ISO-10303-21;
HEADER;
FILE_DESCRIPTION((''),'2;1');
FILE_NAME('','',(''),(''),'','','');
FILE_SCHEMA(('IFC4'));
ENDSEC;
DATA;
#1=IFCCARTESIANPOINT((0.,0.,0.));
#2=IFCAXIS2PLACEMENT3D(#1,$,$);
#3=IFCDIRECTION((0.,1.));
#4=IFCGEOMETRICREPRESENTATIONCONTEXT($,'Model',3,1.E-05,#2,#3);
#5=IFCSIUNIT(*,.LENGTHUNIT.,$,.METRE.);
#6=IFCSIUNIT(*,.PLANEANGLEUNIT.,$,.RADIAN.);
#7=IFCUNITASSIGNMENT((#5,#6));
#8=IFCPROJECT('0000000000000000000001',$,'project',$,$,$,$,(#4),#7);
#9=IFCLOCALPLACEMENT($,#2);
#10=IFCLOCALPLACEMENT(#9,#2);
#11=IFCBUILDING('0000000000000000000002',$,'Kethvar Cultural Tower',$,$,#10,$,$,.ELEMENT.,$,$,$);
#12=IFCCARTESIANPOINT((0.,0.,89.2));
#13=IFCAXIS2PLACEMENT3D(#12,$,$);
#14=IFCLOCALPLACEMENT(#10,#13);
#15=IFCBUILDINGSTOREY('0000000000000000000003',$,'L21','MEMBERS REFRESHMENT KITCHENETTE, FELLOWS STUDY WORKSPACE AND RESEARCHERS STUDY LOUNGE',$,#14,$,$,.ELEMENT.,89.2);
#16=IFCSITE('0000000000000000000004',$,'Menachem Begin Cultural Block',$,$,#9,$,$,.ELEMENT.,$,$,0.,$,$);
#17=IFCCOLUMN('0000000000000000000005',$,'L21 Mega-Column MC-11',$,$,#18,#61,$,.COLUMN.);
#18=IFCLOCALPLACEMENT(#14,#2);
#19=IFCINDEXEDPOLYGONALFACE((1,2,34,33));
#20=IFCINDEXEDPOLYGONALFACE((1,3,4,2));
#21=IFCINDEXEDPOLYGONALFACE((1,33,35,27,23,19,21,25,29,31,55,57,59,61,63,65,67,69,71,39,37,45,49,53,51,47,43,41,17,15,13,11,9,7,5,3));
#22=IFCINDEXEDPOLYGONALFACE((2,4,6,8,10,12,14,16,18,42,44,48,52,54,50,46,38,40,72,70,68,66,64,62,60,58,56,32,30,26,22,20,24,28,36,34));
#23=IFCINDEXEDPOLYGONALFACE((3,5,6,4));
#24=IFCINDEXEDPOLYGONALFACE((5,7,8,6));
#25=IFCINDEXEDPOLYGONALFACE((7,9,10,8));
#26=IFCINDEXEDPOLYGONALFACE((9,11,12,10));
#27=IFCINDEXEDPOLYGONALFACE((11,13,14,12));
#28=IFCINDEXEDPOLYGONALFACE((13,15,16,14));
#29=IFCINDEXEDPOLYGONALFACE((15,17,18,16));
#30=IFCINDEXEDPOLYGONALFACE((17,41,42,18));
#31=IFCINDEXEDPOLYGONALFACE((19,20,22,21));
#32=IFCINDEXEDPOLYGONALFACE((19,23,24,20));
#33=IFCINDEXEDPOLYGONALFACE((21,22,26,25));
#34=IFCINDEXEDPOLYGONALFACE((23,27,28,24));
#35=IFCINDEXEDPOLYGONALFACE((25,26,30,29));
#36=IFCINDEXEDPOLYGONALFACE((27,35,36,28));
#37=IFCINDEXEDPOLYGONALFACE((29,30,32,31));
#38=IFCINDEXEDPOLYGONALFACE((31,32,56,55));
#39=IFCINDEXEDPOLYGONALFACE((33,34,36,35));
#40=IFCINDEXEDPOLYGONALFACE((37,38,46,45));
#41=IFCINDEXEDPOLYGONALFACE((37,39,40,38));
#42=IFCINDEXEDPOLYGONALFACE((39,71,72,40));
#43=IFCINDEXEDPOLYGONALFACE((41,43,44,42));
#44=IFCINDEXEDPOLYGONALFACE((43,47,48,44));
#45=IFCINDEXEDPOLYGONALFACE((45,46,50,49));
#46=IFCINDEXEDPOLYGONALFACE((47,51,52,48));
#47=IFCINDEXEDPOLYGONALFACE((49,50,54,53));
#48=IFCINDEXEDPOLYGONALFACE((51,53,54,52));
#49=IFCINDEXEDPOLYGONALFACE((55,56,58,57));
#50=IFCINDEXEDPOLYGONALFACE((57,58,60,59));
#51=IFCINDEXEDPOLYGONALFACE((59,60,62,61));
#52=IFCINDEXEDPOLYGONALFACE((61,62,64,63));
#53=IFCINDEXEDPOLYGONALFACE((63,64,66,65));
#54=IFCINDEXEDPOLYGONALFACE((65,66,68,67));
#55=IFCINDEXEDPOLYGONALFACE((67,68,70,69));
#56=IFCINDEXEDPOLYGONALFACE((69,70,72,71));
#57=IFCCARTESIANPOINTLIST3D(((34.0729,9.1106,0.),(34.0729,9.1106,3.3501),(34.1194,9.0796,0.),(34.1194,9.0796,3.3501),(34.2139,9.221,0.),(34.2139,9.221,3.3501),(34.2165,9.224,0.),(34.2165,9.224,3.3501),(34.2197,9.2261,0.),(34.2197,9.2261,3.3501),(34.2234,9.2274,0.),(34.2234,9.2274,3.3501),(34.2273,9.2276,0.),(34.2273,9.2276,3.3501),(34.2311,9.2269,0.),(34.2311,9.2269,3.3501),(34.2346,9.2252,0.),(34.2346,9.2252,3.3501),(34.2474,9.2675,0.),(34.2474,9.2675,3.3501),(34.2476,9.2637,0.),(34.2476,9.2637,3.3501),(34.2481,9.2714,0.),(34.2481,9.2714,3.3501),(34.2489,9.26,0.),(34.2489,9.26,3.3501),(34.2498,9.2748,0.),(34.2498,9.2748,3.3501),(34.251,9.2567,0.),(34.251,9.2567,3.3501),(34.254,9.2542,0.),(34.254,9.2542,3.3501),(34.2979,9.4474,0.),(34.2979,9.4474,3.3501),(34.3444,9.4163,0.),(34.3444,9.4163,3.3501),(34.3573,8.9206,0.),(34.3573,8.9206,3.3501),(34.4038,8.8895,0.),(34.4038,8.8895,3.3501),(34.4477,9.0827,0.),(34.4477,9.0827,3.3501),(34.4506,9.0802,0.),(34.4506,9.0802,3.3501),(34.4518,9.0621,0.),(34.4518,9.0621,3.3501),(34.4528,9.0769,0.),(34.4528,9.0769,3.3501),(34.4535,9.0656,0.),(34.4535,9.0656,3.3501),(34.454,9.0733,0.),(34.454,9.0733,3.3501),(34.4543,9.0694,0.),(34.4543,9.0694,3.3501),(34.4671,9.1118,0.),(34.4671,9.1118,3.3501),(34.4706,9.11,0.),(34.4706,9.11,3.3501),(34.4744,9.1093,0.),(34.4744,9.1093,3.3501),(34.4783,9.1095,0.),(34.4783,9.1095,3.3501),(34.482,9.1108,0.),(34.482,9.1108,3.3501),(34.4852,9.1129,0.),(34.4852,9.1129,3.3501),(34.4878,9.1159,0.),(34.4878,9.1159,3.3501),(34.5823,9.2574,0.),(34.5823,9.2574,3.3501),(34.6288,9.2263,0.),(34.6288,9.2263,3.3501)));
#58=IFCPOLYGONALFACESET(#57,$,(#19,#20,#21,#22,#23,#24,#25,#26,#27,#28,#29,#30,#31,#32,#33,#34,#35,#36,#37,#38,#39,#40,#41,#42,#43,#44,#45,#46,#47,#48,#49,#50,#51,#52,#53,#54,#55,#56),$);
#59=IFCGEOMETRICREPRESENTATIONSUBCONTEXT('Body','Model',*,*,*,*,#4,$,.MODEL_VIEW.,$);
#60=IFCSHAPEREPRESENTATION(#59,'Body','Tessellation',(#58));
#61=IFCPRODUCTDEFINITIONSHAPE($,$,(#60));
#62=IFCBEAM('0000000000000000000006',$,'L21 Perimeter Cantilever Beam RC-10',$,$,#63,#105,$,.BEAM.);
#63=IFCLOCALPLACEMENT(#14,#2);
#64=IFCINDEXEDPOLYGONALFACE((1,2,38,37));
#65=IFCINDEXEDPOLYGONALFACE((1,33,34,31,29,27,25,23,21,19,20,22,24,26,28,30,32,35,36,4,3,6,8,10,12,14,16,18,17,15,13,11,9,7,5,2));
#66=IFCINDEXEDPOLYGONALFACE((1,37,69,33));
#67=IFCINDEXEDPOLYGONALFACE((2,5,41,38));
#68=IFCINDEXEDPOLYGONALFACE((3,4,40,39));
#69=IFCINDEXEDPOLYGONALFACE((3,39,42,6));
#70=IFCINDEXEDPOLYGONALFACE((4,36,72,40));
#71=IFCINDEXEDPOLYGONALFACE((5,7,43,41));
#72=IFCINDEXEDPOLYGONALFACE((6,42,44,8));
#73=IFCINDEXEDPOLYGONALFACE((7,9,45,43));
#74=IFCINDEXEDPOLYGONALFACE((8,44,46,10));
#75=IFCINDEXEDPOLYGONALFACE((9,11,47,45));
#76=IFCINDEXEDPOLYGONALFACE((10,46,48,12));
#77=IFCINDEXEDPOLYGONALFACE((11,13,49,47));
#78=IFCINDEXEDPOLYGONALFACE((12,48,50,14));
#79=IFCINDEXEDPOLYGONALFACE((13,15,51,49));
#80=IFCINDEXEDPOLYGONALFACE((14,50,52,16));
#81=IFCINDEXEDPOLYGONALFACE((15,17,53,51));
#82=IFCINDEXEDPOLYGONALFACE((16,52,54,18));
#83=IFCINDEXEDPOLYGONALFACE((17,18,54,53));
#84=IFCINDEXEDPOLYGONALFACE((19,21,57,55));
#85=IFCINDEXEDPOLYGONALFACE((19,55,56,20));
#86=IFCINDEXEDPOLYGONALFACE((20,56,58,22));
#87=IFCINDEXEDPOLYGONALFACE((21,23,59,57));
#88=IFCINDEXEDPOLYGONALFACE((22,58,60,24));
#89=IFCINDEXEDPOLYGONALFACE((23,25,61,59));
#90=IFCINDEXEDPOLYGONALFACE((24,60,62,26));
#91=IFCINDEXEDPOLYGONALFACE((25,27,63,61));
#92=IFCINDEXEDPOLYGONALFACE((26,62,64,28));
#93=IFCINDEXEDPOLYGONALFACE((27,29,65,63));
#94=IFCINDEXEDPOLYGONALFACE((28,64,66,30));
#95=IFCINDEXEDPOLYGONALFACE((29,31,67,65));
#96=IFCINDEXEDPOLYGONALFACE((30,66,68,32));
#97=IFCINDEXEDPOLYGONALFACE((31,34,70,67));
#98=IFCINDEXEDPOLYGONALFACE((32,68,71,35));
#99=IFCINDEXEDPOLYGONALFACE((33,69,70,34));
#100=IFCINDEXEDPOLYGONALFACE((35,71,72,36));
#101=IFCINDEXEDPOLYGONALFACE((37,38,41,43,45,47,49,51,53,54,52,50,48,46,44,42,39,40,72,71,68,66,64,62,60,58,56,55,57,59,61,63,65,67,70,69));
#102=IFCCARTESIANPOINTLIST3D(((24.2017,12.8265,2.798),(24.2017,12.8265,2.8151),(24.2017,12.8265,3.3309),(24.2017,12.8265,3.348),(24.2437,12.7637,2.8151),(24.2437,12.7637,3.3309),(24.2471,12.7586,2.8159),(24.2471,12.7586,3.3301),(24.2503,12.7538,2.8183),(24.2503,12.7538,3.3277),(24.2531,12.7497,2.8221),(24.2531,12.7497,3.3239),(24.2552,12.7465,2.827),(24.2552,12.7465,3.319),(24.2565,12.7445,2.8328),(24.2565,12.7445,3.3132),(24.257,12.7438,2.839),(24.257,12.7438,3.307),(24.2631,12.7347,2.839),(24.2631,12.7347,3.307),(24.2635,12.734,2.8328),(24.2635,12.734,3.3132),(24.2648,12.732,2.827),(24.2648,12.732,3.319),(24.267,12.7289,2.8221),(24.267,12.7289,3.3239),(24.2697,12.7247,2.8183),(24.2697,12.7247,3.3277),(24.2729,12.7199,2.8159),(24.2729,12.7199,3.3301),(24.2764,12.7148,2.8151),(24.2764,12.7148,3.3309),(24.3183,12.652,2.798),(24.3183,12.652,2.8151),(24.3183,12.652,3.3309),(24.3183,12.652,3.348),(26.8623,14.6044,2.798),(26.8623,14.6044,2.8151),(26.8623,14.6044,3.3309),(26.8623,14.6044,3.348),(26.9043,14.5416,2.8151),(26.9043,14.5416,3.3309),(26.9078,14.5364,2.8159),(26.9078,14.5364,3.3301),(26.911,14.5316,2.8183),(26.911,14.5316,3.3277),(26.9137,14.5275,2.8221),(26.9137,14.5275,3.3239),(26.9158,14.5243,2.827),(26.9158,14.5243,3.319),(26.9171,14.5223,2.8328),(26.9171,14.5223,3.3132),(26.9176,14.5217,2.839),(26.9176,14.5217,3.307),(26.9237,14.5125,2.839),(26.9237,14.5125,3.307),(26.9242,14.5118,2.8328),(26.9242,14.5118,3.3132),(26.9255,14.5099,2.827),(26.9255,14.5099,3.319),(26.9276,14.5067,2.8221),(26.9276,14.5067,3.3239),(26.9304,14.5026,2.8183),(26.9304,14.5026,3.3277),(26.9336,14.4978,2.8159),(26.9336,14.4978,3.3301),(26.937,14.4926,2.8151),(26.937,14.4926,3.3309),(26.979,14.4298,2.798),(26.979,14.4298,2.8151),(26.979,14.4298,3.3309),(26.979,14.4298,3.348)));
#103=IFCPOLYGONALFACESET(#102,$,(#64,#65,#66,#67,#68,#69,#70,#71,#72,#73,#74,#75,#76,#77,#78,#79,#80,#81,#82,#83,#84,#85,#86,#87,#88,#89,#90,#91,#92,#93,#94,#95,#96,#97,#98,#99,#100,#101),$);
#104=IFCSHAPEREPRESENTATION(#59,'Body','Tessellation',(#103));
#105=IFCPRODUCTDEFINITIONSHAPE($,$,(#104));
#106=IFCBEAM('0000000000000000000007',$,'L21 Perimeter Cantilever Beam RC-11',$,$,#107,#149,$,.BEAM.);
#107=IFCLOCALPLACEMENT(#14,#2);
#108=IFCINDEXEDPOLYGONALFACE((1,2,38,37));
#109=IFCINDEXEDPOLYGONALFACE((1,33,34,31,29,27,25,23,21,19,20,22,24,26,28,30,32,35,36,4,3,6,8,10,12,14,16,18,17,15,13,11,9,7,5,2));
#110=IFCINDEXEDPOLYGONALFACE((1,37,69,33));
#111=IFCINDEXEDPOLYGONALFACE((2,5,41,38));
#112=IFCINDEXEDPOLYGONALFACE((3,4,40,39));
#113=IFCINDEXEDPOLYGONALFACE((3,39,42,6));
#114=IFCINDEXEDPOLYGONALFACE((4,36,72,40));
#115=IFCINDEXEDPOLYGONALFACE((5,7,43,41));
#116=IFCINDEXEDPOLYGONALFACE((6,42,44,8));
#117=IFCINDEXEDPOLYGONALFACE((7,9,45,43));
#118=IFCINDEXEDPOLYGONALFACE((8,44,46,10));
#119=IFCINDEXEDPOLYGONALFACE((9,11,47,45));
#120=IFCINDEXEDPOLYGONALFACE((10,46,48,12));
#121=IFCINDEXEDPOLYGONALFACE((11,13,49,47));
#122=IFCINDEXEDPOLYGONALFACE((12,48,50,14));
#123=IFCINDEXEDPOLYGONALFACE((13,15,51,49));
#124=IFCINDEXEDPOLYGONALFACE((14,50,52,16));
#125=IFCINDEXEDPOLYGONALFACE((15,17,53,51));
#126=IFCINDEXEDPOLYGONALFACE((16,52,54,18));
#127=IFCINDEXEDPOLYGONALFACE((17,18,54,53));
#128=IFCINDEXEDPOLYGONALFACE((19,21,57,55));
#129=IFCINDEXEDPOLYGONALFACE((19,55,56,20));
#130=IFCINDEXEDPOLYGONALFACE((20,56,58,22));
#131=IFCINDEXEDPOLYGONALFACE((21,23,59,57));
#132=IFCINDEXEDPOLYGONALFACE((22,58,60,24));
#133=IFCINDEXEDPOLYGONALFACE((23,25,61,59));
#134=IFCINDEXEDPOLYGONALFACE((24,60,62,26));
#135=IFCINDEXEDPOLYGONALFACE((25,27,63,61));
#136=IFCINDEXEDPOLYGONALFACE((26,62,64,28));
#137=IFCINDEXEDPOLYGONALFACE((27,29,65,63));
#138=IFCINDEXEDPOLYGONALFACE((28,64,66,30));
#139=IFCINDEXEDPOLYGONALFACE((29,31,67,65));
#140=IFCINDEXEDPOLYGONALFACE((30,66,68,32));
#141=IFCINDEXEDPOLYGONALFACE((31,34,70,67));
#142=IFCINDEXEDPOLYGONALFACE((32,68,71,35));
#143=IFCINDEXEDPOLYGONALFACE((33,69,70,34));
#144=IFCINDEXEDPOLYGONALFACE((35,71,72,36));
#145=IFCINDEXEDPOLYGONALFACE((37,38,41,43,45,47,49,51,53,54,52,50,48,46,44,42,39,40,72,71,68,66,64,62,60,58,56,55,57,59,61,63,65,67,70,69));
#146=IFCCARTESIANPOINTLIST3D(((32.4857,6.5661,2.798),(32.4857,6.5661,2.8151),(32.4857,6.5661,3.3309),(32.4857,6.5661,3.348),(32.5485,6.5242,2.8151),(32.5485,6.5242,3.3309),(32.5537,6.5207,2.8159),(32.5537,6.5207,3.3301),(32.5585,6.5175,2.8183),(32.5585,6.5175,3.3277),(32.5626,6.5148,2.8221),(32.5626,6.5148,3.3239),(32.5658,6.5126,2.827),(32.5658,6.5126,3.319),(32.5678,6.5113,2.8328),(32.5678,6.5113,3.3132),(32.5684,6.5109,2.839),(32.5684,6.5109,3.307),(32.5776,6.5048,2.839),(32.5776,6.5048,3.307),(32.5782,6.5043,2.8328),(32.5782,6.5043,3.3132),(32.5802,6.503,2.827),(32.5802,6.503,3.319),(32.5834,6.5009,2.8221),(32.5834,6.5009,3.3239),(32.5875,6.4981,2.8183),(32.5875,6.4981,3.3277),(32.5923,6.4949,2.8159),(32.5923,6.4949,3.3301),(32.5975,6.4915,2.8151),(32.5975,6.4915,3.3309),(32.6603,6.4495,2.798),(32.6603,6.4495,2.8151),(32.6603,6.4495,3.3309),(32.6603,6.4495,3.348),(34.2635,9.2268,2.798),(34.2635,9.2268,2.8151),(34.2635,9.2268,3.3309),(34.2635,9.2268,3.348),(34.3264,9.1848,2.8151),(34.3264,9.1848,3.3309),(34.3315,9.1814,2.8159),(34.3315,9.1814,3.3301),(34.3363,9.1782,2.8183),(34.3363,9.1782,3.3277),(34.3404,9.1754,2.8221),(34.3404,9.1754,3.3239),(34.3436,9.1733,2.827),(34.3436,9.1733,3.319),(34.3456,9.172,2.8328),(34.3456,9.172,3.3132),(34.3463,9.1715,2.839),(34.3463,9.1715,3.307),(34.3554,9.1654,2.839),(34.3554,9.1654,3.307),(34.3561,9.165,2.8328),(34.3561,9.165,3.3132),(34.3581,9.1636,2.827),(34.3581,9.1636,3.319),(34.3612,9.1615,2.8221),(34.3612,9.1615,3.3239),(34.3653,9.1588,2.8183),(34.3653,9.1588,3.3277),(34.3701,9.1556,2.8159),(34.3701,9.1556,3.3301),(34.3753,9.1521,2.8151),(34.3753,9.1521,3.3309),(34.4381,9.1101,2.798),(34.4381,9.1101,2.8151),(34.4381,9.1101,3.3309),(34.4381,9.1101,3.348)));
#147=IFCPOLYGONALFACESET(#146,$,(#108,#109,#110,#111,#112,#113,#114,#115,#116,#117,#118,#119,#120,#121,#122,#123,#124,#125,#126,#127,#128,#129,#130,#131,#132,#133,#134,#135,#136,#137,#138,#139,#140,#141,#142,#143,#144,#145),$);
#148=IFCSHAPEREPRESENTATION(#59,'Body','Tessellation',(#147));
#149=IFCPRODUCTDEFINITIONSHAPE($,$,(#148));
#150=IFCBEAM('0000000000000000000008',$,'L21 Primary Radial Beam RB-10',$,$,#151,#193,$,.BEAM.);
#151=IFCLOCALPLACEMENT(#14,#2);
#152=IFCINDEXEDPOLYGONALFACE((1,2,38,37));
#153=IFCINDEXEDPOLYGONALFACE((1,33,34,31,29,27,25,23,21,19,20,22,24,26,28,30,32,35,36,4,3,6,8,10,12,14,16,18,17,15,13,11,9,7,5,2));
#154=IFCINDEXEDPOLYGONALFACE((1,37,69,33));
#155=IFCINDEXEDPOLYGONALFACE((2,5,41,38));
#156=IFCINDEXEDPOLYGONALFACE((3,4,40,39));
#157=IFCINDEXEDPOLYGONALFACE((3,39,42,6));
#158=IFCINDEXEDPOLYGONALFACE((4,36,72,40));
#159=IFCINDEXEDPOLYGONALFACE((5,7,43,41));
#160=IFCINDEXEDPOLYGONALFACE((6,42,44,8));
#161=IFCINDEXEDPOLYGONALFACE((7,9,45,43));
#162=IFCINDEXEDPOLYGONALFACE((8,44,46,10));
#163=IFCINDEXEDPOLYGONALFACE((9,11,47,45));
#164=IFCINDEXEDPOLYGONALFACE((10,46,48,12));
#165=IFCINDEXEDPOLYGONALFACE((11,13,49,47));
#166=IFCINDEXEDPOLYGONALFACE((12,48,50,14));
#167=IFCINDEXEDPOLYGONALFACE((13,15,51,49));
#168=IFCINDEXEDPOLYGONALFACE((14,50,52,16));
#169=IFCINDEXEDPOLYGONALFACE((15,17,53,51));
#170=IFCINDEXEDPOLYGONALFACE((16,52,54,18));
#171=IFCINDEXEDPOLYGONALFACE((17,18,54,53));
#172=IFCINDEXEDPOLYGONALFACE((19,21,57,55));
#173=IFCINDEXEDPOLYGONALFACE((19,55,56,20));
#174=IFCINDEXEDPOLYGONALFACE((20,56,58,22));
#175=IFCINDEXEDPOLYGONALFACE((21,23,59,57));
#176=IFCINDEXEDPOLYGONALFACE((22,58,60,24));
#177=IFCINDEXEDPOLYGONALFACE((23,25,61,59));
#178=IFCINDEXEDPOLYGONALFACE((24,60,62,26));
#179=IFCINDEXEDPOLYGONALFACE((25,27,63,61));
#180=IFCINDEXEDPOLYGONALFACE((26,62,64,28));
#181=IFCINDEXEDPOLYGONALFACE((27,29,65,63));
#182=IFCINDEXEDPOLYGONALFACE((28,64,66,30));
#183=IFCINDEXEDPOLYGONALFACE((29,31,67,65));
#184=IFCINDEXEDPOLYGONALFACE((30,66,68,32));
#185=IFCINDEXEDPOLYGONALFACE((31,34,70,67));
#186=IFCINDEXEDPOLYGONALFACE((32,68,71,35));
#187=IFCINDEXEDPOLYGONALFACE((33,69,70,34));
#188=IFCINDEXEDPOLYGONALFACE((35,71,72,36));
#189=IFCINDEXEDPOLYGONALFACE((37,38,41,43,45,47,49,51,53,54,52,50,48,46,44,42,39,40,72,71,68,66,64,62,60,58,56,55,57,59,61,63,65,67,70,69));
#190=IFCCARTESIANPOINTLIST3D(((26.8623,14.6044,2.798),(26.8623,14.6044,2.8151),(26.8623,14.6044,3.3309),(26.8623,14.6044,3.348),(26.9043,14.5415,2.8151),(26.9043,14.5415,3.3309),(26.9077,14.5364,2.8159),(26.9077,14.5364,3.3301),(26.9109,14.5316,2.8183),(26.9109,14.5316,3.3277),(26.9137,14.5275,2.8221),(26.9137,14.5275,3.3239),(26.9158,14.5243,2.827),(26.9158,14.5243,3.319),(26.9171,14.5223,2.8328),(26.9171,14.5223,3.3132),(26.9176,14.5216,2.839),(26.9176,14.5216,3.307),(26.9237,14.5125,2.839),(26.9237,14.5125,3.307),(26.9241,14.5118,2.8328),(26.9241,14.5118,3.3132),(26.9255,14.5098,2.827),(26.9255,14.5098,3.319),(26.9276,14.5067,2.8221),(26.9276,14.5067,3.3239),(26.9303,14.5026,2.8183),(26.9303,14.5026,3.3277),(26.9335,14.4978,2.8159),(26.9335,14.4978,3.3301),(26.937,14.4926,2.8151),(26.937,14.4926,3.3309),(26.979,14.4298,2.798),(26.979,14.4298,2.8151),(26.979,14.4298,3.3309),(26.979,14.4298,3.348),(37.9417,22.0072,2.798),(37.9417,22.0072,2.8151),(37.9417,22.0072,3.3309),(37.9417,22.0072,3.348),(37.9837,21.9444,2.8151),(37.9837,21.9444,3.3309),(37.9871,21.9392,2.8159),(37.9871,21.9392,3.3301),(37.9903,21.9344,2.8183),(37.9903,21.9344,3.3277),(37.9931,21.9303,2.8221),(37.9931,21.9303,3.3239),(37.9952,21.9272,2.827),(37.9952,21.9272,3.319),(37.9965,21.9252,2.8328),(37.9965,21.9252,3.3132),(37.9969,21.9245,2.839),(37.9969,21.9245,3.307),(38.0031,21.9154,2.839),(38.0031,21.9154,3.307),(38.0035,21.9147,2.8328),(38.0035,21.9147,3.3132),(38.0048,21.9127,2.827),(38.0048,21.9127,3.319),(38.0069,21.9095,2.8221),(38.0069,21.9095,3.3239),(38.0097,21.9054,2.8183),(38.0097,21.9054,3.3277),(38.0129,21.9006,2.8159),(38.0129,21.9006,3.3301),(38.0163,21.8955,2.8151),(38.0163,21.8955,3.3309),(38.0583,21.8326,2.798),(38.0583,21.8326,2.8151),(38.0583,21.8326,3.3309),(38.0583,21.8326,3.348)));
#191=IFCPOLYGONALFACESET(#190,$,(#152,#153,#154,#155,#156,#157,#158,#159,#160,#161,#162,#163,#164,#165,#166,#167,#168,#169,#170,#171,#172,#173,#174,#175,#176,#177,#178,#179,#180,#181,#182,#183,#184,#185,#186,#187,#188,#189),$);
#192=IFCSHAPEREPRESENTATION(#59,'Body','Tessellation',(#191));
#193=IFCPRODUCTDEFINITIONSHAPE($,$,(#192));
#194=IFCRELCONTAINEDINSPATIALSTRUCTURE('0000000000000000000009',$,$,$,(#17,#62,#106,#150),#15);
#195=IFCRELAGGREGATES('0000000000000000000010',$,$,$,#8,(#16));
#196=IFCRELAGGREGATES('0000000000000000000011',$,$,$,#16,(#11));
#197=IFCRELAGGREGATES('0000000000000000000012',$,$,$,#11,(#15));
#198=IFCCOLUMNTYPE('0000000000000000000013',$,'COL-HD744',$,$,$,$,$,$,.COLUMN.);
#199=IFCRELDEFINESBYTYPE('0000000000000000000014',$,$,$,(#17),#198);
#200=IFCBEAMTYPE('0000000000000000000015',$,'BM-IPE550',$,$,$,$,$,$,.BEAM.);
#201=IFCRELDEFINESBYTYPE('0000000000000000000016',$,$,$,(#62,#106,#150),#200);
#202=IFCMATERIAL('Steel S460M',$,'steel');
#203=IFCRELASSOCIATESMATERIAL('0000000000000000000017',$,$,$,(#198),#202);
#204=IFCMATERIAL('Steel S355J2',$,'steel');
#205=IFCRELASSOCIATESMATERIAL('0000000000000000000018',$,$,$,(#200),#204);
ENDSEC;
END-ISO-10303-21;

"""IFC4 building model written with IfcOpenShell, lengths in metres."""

from ifc_helpers import new_model, si_unit, direction, frame, origin, origin_2d, place, context, subcontext, project, spatial, i_section, extrude, source, transform, mapped, material, material_profile, profile_set, type_object, element, save


model = new_model("IFC4")

# Units and contexts
model_context = context("Model", 3, precision=1e-05, world=origin(), true_north=direction((0.0, 1.0)))
body_context = subcontext(model_context, "Body", "Model", "MODEL_VIEW")
ifc_project = project(units=[si_unit("LENGTHUNIT", "METRE"), si_unit("PLANEANGLEUNIT", "RADIAN")], contexts=[model_context])

# Site, building, storey
site_placement = place(None, origin())
site = spatial("IfcSite", under=ifc_project, at=site_placement, Name="Menachem Begin Cultural Block", CompositionType="ELEMENT", RefElevation=0.0)
building_placement = place(site_placement, origin())
building = spatial("IfcBuilding", under=site, at=building_placement, Name="Kethvar Cultural Tower", CompositionType="ELEMENT")
storey_placement = place(building_placement, frame((0.0, 0.0, 89.2)))
storey = spatial("IfcBuildingStorey", under=building, at=storey_placement, Name="L21", Description="MEMBERS REFRESHMENT KITCHENETTE, FELLOWS STUDY WORKSPACE AND RESEARCHERS STUDY LOUNGE", CompositionType="ELEMENT", Elevation=89.2)

# Column
ifc_material_1 = material(Name="Steel S460M", Category="steel")
ifc_material_profile_1 = material_profile(ifc_material_1, i_section(OverallWidth=0.405, OverallDepth=0.3979, WebThickness=0.0349, FlangeThickness=0.0559, FilletRadius=0.0149, at=origin_2d()), Name="Steel S460M — HD400x744")
ifc_profile_set_1 = profile_set([ifc_material_profile_1], Name="Steel S460M — HD400x744")
column_type = type_object("IfcColumnType", Name="COL-HD744", PredefinedType="COLUMN", material=ifc_profile_set_1)
shared_shape_1 = source(origin(), body_context, "Body", "SweptSolid", [
    extrude(i_section(OverallWidth=0.405, OverallDepth=0.3979, WebThickness=0.0349, FlangeThickness=0.0559, FilletRadius=0.0149, at=origin_2d()), origin(), (0.0, 0.0, 1.0), 3.3501),
])
column_placement = place(storey_placement, frame((34.3508, 9.1685, 0.0), z_axis=(0.0, 0.0, 1.0), x_axis=(-0.55557, -0.83147, 0.0)))
element("IfcColumn", 1, at=column_placement, inside=storey, type_object=column_type, Name="L21 Mega-Column MC-11", PredefinedType="COLUMN", context=body_context, shape_type="MappedRepresentation", body=[
    mapped(shared_shape_1, transform((0.0, 0.0, 0.0), scale=1.0)),
])

# Beams
ifc_material_2 = material(Name="Steel S355J2", Category="steel")
ifc_material_profile_2 = material_profile(ifc_material_2, i_section(OverallWidth=0.21, OverallDepth=0.55, WebThickness=0.011, FlangeThickness=0.0171, FilletRadius=0.0239, at=origin_2d()), Name="Steel S355J2 — IPE550")
ifc_profile_set_2 = profile_set([ifc_material_profile_2], Name="Steel S355J2 — IPE550")
beam_type_1 = type_object("IfcBeamType", Name="BM-IPE550", PredefinedType="BEAM", material=ifc_profile_set_2)
shared_shape_2 = source(origin(), body_context, "Body", "SweptSolid", [
    extrude(i_section(OverallWidth=0.21, OverallDepth=0.55, WebThickness=0.011, FlangeThickness=0.0171, FilletRadius=0.0239, at=origin_2d()), origin(), (0.0, 0.0, 1.0), 3.2),
])
for number, where, z_axis, x_axis, name in (
    (2, (26.9207, 14.5171, 3.073), (-0.831463, -0.55558, 0.0), (0.55558, -0.831463, 0.0), "L21 Perimeter Cantilever Beam RC-10"),
    (3, (34.3508, 9.1685, 3.073), (-0.55558, -0.831463, 0.0), (0.831463, -0.55558, 0.0), "L21 Perimeter Cantilever Beam RC-11"),
):
    element("IfcBeam", number, at=place(storey_placement, frame(where, z_axis=z_axis, x_axis=x_axis)), inside=storey, type_object=beam_type_1, Name=name, PredefinedType="BEAM", context=body_context, shape_type="MappedRepresentation", body=[
        mapped(shared_shape_2, transform((0.0, 0.0, 0.0), scale=1.0)),
    ])
shared_shape_3 = source(origin(), body_context, "Body", "SweptSolid", [
    extrude(i_section(OverallWidth=0.21, OverallDepth=0.55, WebThickness=0.011, FlangeThickness=0.0171, FilletRadius=0.0239, at=origin_2d()), origin(), (0.0, 0.0, 1.0), 13.325),
])
beam_1_placement = place(storey_placement, frame((38.0, 21.9199, 3.073), z_axis=(-0.831475, -0.555562, 0.0), x_axis=(0.555562, -0.831475, 0.0)))
element("IfcBeam", 4, at=beam_1_placement, inside=storey, type_object=beam_type_1, Name="L21 Primary Radial Beam RB-10", PredefinedType="BEAM", context=body_context, shape_type="MappedRepresentation", body=[
    mapped(shared_shape_3, transform((0.0, 0.0, 0.0), scale=1.0)),
])

save(model, "model.ifc")
